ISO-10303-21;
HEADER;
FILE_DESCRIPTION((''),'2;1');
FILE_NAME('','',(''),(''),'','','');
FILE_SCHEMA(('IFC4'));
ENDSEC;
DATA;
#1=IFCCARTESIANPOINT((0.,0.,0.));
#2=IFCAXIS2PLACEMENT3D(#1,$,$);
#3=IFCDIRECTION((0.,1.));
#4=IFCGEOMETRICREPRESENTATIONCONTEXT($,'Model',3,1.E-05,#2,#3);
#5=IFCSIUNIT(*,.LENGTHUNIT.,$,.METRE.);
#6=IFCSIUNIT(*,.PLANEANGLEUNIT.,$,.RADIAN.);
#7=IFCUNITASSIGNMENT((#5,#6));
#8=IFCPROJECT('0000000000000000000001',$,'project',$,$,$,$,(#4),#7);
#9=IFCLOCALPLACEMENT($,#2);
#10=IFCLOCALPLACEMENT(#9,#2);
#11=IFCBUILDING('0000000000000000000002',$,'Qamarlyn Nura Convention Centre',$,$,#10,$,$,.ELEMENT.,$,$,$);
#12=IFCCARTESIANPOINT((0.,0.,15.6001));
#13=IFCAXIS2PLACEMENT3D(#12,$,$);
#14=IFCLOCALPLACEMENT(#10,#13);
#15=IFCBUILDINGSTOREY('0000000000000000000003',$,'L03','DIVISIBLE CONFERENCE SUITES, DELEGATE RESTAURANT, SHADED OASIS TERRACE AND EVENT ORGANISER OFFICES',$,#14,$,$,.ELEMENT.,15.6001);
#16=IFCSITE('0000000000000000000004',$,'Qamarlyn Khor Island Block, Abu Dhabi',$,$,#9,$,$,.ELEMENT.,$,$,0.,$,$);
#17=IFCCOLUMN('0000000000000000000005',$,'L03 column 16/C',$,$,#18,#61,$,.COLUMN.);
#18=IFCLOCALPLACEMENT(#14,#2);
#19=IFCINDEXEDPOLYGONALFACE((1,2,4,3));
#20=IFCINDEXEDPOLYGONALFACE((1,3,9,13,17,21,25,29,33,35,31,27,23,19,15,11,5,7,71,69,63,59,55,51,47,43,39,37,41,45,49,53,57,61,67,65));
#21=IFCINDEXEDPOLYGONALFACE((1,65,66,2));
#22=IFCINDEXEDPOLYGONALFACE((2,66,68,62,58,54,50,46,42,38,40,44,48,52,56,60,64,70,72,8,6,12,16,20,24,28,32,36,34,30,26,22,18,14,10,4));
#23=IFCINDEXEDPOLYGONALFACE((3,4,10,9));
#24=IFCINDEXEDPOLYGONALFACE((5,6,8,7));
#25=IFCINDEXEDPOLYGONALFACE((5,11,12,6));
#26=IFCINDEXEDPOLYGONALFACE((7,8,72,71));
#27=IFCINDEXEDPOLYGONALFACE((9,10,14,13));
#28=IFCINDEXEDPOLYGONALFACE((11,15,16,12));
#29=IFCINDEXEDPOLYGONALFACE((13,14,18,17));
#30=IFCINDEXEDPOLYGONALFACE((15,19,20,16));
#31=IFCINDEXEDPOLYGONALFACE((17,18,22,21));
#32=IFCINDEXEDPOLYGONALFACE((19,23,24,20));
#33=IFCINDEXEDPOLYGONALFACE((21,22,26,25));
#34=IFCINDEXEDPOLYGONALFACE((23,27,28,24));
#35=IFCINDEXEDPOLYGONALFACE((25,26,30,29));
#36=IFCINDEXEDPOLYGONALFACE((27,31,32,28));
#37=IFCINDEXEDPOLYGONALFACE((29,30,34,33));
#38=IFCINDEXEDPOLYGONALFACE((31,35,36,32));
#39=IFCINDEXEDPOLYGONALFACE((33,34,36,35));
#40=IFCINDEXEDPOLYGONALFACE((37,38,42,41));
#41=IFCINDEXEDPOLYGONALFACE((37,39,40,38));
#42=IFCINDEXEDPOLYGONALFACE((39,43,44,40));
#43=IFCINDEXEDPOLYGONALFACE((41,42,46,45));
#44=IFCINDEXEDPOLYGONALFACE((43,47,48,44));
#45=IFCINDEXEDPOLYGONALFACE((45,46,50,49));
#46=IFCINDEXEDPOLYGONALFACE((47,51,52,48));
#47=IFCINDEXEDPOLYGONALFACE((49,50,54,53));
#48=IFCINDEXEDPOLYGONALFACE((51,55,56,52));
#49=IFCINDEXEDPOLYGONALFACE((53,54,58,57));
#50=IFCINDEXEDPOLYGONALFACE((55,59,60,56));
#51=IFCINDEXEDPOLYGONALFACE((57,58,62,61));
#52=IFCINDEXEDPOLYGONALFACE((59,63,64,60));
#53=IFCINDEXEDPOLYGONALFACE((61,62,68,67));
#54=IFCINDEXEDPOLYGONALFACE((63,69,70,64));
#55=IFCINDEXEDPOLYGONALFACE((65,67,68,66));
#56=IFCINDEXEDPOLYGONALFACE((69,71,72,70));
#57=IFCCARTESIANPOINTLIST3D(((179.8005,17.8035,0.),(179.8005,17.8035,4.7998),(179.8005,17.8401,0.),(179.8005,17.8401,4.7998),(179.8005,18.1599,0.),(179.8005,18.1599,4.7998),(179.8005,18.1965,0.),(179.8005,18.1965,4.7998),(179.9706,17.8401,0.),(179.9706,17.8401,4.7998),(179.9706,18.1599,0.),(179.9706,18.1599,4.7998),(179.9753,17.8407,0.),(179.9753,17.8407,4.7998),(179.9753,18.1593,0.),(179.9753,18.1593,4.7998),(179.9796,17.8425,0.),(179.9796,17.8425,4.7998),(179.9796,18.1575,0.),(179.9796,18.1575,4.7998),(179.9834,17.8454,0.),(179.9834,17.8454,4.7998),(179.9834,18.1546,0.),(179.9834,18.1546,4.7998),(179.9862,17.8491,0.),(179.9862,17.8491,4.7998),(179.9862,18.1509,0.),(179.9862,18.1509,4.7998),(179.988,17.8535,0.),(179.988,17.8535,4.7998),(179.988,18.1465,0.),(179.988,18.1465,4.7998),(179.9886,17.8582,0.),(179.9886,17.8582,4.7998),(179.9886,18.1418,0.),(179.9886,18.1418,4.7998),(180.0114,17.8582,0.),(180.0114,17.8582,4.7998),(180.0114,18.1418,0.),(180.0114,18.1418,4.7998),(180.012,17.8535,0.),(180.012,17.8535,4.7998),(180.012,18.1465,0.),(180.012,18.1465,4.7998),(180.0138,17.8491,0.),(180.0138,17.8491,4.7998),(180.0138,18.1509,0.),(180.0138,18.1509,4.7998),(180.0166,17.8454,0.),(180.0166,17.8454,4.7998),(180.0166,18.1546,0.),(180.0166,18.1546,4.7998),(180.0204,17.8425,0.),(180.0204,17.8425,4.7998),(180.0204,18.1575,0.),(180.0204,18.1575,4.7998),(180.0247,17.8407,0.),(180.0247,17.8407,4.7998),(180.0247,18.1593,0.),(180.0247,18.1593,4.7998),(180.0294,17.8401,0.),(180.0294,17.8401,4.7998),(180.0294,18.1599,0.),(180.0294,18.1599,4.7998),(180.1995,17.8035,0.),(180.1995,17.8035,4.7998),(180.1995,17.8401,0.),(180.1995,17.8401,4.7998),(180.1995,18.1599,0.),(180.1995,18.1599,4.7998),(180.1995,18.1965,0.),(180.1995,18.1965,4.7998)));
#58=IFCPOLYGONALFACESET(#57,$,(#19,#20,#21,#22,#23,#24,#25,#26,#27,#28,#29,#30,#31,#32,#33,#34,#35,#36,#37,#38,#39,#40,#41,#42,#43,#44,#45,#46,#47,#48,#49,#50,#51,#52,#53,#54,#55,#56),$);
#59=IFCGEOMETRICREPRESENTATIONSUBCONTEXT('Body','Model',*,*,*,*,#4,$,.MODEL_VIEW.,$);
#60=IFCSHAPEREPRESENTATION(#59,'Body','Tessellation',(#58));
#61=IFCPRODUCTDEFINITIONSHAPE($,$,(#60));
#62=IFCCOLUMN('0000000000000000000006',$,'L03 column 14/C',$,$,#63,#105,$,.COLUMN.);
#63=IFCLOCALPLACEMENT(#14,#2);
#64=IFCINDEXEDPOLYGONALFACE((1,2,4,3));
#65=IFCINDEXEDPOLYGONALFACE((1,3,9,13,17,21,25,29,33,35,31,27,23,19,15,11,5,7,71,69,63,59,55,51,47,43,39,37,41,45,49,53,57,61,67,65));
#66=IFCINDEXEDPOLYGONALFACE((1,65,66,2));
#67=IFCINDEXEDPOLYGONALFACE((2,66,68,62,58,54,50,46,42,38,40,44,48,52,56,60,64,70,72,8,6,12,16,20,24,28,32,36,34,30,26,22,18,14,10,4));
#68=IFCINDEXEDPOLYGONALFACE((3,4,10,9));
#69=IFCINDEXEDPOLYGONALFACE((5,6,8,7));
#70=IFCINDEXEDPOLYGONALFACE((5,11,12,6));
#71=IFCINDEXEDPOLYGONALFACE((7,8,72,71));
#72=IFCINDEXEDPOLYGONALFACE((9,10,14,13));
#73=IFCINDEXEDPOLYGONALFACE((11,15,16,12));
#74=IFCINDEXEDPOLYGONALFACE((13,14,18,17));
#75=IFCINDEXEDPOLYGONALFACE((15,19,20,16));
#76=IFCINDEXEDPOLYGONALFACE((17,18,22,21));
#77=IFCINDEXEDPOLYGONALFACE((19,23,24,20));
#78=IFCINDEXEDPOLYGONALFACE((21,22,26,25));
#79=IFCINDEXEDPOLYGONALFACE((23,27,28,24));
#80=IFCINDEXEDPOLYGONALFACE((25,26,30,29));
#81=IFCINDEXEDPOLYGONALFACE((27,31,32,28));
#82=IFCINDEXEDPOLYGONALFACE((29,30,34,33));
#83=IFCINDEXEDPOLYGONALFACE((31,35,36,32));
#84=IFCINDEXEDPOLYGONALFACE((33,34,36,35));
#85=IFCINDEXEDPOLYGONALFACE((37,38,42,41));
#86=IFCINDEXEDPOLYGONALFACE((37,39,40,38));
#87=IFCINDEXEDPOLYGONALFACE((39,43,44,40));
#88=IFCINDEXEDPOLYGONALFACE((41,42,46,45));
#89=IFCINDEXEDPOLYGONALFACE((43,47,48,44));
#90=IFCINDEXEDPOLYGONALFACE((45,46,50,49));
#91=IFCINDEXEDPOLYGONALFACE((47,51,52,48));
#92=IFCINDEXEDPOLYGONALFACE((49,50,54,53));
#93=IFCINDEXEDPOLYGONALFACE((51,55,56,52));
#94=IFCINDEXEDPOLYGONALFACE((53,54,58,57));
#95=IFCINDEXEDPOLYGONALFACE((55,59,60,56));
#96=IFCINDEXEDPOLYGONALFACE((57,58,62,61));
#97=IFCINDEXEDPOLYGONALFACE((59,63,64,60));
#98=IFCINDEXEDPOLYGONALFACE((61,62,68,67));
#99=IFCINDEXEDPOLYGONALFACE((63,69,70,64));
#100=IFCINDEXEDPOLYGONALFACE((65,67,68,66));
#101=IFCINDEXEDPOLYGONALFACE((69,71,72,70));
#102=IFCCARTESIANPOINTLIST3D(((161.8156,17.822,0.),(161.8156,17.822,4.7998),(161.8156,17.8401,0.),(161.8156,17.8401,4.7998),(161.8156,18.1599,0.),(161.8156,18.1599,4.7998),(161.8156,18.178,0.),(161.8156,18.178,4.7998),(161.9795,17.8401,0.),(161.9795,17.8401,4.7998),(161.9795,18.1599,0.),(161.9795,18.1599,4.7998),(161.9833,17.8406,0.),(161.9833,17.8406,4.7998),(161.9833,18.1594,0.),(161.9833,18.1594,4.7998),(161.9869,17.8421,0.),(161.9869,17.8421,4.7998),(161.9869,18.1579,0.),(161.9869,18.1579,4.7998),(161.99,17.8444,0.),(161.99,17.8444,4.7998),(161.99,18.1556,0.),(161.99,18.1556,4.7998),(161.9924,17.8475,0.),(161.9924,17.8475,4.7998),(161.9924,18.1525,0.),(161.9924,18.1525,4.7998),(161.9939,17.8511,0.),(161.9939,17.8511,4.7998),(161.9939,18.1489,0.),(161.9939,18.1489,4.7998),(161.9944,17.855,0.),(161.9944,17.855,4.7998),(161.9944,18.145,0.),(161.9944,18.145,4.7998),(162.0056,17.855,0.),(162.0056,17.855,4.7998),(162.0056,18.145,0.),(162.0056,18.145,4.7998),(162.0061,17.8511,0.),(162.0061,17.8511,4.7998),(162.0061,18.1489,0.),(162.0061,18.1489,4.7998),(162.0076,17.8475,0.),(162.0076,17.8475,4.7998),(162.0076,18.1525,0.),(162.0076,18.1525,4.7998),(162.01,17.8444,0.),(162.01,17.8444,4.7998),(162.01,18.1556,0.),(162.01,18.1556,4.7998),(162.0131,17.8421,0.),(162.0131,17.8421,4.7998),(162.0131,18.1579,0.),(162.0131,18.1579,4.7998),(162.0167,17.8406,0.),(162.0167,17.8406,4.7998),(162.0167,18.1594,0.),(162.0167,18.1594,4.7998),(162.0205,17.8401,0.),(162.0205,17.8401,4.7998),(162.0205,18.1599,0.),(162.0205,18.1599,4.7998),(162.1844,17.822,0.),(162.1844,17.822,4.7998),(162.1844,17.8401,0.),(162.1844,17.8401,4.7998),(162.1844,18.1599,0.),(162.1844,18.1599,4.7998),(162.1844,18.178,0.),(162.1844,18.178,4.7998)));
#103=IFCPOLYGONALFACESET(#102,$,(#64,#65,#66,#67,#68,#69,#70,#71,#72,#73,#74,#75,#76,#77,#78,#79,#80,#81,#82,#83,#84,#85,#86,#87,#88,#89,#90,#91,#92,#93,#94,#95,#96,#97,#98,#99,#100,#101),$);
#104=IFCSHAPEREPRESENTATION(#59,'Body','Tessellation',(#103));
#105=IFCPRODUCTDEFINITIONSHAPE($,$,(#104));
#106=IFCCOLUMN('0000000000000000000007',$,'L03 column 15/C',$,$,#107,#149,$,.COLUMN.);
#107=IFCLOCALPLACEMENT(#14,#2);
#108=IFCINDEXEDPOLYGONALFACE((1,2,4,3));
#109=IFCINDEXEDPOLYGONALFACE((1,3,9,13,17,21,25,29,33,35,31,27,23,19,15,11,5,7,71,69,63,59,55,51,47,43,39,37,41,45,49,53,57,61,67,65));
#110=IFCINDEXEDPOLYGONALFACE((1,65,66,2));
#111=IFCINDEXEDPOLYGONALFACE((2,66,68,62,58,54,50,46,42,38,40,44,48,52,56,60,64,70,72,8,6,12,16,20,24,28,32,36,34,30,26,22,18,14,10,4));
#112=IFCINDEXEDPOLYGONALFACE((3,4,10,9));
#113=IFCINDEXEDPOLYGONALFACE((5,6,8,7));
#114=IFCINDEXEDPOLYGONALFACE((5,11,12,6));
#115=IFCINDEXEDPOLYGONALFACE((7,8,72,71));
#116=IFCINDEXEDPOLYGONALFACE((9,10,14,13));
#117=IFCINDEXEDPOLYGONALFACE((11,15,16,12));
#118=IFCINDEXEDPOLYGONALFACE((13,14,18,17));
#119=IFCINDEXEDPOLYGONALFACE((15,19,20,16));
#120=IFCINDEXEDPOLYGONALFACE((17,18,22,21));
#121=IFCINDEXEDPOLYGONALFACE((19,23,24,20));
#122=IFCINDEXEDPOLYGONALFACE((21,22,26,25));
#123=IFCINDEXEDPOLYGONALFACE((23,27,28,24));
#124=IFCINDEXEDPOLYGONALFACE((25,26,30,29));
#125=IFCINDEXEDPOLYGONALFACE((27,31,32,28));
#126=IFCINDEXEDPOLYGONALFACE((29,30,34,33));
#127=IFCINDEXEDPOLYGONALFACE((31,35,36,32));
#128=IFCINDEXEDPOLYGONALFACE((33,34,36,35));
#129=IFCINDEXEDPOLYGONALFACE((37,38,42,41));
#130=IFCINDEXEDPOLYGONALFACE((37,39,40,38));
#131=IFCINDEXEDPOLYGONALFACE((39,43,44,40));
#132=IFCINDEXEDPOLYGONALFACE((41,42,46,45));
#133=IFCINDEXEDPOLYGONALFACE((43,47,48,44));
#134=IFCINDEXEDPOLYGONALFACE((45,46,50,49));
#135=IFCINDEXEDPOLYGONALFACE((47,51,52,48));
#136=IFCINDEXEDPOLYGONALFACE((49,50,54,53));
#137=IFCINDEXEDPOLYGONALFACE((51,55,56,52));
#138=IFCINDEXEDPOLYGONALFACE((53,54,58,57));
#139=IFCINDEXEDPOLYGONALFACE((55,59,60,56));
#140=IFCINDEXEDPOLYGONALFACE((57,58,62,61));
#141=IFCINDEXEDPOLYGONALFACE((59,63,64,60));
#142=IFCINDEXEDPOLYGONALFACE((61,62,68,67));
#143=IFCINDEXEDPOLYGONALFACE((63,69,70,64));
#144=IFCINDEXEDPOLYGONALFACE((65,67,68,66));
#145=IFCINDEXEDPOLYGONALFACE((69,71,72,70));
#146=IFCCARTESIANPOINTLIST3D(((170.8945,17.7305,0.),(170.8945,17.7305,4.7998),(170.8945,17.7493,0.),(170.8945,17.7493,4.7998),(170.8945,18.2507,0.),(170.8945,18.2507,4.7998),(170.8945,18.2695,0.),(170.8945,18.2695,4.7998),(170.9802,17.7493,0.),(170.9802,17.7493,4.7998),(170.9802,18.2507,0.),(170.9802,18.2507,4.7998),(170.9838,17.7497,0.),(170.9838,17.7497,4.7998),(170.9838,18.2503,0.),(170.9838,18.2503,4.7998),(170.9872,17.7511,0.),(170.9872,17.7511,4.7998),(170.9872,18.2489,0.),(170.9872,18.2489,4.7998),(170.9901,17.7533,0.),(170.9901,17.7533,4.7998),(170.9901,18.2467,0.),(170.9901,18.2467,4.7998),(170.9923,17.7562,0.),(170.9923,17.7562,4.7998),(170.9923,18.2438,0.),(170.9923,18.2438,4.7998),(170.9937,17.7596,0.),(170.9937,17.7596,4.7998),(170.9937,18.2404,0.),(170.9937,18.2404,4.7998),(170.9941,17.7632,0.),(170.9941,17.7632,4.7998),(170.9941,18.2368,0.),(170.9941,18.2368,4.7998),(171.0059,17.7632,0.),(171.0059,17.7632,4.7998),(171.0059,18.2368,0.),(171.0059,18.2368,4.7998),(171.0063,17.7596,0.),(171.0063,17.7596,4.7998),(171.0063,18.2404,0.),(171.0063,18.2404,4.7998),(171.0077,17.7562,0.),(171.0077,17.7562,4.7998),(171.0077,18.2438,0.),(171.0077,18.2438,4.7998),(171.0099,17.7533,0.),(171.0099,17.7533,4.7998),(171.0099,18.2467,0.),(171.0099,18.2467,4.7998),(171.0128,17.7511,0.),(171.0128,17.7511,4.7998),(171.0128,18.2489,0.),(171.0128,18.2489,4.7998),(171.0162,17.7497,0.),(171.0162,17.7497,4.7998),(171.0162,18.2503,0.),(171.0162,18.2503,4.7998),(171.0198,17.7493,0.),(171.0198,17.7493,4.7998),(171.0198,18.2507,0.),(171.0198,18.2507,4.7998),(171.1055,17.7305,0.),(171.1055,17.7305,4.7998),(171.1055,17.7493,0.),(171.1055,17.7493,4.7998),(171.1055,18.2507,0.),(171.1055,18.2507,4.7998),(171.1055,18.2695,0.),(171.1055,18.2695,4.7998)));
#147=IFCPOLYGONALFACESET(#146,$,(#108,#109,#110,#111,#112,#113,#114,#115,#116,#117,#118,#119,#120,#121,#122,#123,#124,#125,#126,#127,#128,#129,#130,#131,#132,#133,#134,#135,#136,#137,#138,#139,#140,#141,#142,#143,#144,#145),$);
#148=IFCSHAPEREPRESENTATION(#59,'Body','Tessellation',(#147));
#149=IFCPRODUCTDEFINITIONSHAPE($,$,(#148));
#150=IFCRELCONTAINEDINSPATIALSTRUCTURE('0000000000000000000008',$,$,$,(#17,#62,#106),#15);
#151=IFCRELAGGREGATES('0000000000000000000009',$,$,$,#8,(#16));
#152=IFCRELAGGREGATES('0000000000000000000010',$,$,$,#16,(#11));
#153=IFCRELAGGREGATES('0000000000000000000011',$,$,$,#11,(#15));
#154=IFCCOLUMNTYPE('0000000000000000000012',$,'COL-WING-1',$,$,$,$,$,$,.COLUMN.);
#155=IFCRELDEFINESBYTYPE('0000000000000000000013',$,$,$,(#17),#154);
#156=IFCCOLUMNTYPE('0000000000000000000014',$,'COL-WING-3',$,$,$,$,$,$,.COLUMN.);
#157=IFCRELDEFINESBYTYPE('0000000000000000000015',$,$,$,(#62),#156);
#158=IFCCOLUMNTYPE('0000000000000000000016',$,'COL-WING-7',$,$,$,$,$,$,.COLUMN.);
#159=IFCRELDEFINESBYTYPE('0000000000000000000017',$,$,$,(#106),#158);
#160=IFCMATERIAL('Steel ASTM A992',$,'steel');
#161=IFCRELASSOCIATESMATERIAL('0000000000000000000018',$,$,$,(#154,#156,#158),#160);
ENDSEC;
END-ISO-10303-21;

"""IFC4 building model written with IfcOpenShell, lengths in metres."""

from ifc_helpers import new_model, si_unit, direction, frame, origin, origin_2d, place, context, subcontext, project, spatial, i_section, extrude, material, material_profile, profile_set, type_object, element, save


model = new_model("IFC4")

# Units and contexts
model_context = context("Model", 3, precision=1e-05, world=origin(), true_north=direction((0.0, 1.0)))
body_context = subcontext(model_context, "Body", "Model", "MODEL_VIEW")
ifc_project = project(units=[si_unit("LENGTHUNIT", "METRE"), si_unit("PLANEANGLEUNIT", "RADIAN")], contexts=[model_context])

# Site, building, storey
site_placement = place(None, origin())
site = spatial("IfcSite", under=ifc_project, at=site_placement, Name="Qamarlyn Khor Island Block, Abu Dhabi", CompositionType="ELEMENT", RefElevation=0.0)
building_placement = place(site_placement, origin())
building = spatial("IfcBuilding", under=site, at=building_placement, Name="Qamarlyn Nura Convention Centre", CompositionType="ELEMENT")
storey_placement = place(building_placement, frame((0.0, 0.0, 15.6001)))
storey = spatial("IfcBuildingStorey", under=building, at=storey_placement, Name="L03", Description="DIVISIBLE CONFERENCE SUITES, DELEGATE RESTAURANT, SHADED OASIS TERRACE AND EVENT ORGANISER OFFICES", CompositionType="ELEMENT", Elevation=15.6001)

# Columns
ifc_material_1 = material(Name="Steel ASTM A992", Category="steel")
ifc_material_profile_1 = material_profile(ifc_material_1, i_section(OverallWidth=0.3989, OverallDepth=0.3931, WebThickness=0.0227, FlangeThickness=0.0366, FilletRadius=0.0181, at=origin_2d()), Name="W360X287")
ifc_profile_set_1 = profile_set([ifc_material_profile_1], Name="Steel ASTM A992")
column_type_1 = type_object("IfcColumnType", Name="COL-WING-1", PredefinedType="COLUMN", material=ifc_profile_set_1)
column_1_placement = place(storey_placement, frame((180.0, 18.0, 0.0), z_axis=(0.0, 0.0, 1.0), x_axis=(1.0, 0.0, 0.0)))
element("IfcColumn", 1, at=column_1_placement, inside=storey, type_object=column_type_1, Name="L03 column 16/C", PredefinedType="COLUMN", context=body_context, shape_type="SweptSolid", body=[
    extrude(i_section(OverallWidth=0.3989, OverallDepth=0.3931, WebThickness=0.0227, FlangeThickness=0.0366, FilletRadius=0.0181, at=origin_2d()), origin(), (0.0, 0.0, 1.0), 4.7998),
])
ifc_material_profile_2 = material_profile(ifc_material_1, i_section(OverallWidth=0.3689, OverallDepth=0.356, WebThickness=0.0112, FlangeThickness=0.0181, FilletRadius=0.0149, at=origin_2d()), Name="W360X134")
ifc_profile_set_2 = profile_set([ifc_material_profile_2], Name="Steel ASTM A992")
column_type_2 = type_object("IfcColumnType", Name="COL-WING-3", PredefinedType="COLUMN", material=ifc_profile_set_2)
column_2_placement = place(storey_placement, frame((162.0, 18.0, 0.0), z_axis=(0.0, 0.0, 1.0), x_axis=(1.0, 0.0, 0.0)))
element("IfcColumn", 2, at=column_2_placement, inside=storey, type_object=column_type_2, Name="L03 column 14/C", PredefinedType="COLUMN", context=body_context, shape_type="SweptSolid", body=[
    extrude(i_section(OverallWidth=0.3689, OverallDepth=0.356, WebThickness=0.0112, FlangeThickness=0.0181, FilletRadius=0.0149, at=origin_2d()), origin(), (0.0, 0.0, 1.0), 4.7998),
])
ifc_material_profile_3 = material_profile(ifc_material_1, i_section(OverallWidth=0.2109, OverallDepth=0.5391, WebThickness=0.0117, FlangeThickness=0.0188, FilletRadius=0.0139, at=origin_2d()), Name="W530X109")
ifc_profile_set_3 = profile_set([ifc_material_profile_3], Name="Steel ASTM A992")
column_type_3 = type_object("IfcColumnType", Name="COL-WING-7", PredefinedType="COLUMN", material=ifc_profile_set_3)
column_3_placement = place(storey_placement, frame((171.0, 18.0, 0.0), z_axis=(0.0, 0.0, 1.0), x_axis=(1.0, 0.0, 0.0)))
element("IfcColumn", 3, at=column_3_placement, inside=storey, type_object=column_type_3, Name="L03 column 15/C", PredefinedType="COLUMN", context=body_context, shape_type="SweptSolid", body=[
    extrude(i_section(OverallWidth=0.2109, OverallDepth=0.5391, WebThickness=0.0117, FlangeThickness=0.0188, FilletRadius=0.0139, at=origin_2d()), origin(), (0.0, 0.0, 1.0), 4.7998),
])

save(model, "model.ifc")
